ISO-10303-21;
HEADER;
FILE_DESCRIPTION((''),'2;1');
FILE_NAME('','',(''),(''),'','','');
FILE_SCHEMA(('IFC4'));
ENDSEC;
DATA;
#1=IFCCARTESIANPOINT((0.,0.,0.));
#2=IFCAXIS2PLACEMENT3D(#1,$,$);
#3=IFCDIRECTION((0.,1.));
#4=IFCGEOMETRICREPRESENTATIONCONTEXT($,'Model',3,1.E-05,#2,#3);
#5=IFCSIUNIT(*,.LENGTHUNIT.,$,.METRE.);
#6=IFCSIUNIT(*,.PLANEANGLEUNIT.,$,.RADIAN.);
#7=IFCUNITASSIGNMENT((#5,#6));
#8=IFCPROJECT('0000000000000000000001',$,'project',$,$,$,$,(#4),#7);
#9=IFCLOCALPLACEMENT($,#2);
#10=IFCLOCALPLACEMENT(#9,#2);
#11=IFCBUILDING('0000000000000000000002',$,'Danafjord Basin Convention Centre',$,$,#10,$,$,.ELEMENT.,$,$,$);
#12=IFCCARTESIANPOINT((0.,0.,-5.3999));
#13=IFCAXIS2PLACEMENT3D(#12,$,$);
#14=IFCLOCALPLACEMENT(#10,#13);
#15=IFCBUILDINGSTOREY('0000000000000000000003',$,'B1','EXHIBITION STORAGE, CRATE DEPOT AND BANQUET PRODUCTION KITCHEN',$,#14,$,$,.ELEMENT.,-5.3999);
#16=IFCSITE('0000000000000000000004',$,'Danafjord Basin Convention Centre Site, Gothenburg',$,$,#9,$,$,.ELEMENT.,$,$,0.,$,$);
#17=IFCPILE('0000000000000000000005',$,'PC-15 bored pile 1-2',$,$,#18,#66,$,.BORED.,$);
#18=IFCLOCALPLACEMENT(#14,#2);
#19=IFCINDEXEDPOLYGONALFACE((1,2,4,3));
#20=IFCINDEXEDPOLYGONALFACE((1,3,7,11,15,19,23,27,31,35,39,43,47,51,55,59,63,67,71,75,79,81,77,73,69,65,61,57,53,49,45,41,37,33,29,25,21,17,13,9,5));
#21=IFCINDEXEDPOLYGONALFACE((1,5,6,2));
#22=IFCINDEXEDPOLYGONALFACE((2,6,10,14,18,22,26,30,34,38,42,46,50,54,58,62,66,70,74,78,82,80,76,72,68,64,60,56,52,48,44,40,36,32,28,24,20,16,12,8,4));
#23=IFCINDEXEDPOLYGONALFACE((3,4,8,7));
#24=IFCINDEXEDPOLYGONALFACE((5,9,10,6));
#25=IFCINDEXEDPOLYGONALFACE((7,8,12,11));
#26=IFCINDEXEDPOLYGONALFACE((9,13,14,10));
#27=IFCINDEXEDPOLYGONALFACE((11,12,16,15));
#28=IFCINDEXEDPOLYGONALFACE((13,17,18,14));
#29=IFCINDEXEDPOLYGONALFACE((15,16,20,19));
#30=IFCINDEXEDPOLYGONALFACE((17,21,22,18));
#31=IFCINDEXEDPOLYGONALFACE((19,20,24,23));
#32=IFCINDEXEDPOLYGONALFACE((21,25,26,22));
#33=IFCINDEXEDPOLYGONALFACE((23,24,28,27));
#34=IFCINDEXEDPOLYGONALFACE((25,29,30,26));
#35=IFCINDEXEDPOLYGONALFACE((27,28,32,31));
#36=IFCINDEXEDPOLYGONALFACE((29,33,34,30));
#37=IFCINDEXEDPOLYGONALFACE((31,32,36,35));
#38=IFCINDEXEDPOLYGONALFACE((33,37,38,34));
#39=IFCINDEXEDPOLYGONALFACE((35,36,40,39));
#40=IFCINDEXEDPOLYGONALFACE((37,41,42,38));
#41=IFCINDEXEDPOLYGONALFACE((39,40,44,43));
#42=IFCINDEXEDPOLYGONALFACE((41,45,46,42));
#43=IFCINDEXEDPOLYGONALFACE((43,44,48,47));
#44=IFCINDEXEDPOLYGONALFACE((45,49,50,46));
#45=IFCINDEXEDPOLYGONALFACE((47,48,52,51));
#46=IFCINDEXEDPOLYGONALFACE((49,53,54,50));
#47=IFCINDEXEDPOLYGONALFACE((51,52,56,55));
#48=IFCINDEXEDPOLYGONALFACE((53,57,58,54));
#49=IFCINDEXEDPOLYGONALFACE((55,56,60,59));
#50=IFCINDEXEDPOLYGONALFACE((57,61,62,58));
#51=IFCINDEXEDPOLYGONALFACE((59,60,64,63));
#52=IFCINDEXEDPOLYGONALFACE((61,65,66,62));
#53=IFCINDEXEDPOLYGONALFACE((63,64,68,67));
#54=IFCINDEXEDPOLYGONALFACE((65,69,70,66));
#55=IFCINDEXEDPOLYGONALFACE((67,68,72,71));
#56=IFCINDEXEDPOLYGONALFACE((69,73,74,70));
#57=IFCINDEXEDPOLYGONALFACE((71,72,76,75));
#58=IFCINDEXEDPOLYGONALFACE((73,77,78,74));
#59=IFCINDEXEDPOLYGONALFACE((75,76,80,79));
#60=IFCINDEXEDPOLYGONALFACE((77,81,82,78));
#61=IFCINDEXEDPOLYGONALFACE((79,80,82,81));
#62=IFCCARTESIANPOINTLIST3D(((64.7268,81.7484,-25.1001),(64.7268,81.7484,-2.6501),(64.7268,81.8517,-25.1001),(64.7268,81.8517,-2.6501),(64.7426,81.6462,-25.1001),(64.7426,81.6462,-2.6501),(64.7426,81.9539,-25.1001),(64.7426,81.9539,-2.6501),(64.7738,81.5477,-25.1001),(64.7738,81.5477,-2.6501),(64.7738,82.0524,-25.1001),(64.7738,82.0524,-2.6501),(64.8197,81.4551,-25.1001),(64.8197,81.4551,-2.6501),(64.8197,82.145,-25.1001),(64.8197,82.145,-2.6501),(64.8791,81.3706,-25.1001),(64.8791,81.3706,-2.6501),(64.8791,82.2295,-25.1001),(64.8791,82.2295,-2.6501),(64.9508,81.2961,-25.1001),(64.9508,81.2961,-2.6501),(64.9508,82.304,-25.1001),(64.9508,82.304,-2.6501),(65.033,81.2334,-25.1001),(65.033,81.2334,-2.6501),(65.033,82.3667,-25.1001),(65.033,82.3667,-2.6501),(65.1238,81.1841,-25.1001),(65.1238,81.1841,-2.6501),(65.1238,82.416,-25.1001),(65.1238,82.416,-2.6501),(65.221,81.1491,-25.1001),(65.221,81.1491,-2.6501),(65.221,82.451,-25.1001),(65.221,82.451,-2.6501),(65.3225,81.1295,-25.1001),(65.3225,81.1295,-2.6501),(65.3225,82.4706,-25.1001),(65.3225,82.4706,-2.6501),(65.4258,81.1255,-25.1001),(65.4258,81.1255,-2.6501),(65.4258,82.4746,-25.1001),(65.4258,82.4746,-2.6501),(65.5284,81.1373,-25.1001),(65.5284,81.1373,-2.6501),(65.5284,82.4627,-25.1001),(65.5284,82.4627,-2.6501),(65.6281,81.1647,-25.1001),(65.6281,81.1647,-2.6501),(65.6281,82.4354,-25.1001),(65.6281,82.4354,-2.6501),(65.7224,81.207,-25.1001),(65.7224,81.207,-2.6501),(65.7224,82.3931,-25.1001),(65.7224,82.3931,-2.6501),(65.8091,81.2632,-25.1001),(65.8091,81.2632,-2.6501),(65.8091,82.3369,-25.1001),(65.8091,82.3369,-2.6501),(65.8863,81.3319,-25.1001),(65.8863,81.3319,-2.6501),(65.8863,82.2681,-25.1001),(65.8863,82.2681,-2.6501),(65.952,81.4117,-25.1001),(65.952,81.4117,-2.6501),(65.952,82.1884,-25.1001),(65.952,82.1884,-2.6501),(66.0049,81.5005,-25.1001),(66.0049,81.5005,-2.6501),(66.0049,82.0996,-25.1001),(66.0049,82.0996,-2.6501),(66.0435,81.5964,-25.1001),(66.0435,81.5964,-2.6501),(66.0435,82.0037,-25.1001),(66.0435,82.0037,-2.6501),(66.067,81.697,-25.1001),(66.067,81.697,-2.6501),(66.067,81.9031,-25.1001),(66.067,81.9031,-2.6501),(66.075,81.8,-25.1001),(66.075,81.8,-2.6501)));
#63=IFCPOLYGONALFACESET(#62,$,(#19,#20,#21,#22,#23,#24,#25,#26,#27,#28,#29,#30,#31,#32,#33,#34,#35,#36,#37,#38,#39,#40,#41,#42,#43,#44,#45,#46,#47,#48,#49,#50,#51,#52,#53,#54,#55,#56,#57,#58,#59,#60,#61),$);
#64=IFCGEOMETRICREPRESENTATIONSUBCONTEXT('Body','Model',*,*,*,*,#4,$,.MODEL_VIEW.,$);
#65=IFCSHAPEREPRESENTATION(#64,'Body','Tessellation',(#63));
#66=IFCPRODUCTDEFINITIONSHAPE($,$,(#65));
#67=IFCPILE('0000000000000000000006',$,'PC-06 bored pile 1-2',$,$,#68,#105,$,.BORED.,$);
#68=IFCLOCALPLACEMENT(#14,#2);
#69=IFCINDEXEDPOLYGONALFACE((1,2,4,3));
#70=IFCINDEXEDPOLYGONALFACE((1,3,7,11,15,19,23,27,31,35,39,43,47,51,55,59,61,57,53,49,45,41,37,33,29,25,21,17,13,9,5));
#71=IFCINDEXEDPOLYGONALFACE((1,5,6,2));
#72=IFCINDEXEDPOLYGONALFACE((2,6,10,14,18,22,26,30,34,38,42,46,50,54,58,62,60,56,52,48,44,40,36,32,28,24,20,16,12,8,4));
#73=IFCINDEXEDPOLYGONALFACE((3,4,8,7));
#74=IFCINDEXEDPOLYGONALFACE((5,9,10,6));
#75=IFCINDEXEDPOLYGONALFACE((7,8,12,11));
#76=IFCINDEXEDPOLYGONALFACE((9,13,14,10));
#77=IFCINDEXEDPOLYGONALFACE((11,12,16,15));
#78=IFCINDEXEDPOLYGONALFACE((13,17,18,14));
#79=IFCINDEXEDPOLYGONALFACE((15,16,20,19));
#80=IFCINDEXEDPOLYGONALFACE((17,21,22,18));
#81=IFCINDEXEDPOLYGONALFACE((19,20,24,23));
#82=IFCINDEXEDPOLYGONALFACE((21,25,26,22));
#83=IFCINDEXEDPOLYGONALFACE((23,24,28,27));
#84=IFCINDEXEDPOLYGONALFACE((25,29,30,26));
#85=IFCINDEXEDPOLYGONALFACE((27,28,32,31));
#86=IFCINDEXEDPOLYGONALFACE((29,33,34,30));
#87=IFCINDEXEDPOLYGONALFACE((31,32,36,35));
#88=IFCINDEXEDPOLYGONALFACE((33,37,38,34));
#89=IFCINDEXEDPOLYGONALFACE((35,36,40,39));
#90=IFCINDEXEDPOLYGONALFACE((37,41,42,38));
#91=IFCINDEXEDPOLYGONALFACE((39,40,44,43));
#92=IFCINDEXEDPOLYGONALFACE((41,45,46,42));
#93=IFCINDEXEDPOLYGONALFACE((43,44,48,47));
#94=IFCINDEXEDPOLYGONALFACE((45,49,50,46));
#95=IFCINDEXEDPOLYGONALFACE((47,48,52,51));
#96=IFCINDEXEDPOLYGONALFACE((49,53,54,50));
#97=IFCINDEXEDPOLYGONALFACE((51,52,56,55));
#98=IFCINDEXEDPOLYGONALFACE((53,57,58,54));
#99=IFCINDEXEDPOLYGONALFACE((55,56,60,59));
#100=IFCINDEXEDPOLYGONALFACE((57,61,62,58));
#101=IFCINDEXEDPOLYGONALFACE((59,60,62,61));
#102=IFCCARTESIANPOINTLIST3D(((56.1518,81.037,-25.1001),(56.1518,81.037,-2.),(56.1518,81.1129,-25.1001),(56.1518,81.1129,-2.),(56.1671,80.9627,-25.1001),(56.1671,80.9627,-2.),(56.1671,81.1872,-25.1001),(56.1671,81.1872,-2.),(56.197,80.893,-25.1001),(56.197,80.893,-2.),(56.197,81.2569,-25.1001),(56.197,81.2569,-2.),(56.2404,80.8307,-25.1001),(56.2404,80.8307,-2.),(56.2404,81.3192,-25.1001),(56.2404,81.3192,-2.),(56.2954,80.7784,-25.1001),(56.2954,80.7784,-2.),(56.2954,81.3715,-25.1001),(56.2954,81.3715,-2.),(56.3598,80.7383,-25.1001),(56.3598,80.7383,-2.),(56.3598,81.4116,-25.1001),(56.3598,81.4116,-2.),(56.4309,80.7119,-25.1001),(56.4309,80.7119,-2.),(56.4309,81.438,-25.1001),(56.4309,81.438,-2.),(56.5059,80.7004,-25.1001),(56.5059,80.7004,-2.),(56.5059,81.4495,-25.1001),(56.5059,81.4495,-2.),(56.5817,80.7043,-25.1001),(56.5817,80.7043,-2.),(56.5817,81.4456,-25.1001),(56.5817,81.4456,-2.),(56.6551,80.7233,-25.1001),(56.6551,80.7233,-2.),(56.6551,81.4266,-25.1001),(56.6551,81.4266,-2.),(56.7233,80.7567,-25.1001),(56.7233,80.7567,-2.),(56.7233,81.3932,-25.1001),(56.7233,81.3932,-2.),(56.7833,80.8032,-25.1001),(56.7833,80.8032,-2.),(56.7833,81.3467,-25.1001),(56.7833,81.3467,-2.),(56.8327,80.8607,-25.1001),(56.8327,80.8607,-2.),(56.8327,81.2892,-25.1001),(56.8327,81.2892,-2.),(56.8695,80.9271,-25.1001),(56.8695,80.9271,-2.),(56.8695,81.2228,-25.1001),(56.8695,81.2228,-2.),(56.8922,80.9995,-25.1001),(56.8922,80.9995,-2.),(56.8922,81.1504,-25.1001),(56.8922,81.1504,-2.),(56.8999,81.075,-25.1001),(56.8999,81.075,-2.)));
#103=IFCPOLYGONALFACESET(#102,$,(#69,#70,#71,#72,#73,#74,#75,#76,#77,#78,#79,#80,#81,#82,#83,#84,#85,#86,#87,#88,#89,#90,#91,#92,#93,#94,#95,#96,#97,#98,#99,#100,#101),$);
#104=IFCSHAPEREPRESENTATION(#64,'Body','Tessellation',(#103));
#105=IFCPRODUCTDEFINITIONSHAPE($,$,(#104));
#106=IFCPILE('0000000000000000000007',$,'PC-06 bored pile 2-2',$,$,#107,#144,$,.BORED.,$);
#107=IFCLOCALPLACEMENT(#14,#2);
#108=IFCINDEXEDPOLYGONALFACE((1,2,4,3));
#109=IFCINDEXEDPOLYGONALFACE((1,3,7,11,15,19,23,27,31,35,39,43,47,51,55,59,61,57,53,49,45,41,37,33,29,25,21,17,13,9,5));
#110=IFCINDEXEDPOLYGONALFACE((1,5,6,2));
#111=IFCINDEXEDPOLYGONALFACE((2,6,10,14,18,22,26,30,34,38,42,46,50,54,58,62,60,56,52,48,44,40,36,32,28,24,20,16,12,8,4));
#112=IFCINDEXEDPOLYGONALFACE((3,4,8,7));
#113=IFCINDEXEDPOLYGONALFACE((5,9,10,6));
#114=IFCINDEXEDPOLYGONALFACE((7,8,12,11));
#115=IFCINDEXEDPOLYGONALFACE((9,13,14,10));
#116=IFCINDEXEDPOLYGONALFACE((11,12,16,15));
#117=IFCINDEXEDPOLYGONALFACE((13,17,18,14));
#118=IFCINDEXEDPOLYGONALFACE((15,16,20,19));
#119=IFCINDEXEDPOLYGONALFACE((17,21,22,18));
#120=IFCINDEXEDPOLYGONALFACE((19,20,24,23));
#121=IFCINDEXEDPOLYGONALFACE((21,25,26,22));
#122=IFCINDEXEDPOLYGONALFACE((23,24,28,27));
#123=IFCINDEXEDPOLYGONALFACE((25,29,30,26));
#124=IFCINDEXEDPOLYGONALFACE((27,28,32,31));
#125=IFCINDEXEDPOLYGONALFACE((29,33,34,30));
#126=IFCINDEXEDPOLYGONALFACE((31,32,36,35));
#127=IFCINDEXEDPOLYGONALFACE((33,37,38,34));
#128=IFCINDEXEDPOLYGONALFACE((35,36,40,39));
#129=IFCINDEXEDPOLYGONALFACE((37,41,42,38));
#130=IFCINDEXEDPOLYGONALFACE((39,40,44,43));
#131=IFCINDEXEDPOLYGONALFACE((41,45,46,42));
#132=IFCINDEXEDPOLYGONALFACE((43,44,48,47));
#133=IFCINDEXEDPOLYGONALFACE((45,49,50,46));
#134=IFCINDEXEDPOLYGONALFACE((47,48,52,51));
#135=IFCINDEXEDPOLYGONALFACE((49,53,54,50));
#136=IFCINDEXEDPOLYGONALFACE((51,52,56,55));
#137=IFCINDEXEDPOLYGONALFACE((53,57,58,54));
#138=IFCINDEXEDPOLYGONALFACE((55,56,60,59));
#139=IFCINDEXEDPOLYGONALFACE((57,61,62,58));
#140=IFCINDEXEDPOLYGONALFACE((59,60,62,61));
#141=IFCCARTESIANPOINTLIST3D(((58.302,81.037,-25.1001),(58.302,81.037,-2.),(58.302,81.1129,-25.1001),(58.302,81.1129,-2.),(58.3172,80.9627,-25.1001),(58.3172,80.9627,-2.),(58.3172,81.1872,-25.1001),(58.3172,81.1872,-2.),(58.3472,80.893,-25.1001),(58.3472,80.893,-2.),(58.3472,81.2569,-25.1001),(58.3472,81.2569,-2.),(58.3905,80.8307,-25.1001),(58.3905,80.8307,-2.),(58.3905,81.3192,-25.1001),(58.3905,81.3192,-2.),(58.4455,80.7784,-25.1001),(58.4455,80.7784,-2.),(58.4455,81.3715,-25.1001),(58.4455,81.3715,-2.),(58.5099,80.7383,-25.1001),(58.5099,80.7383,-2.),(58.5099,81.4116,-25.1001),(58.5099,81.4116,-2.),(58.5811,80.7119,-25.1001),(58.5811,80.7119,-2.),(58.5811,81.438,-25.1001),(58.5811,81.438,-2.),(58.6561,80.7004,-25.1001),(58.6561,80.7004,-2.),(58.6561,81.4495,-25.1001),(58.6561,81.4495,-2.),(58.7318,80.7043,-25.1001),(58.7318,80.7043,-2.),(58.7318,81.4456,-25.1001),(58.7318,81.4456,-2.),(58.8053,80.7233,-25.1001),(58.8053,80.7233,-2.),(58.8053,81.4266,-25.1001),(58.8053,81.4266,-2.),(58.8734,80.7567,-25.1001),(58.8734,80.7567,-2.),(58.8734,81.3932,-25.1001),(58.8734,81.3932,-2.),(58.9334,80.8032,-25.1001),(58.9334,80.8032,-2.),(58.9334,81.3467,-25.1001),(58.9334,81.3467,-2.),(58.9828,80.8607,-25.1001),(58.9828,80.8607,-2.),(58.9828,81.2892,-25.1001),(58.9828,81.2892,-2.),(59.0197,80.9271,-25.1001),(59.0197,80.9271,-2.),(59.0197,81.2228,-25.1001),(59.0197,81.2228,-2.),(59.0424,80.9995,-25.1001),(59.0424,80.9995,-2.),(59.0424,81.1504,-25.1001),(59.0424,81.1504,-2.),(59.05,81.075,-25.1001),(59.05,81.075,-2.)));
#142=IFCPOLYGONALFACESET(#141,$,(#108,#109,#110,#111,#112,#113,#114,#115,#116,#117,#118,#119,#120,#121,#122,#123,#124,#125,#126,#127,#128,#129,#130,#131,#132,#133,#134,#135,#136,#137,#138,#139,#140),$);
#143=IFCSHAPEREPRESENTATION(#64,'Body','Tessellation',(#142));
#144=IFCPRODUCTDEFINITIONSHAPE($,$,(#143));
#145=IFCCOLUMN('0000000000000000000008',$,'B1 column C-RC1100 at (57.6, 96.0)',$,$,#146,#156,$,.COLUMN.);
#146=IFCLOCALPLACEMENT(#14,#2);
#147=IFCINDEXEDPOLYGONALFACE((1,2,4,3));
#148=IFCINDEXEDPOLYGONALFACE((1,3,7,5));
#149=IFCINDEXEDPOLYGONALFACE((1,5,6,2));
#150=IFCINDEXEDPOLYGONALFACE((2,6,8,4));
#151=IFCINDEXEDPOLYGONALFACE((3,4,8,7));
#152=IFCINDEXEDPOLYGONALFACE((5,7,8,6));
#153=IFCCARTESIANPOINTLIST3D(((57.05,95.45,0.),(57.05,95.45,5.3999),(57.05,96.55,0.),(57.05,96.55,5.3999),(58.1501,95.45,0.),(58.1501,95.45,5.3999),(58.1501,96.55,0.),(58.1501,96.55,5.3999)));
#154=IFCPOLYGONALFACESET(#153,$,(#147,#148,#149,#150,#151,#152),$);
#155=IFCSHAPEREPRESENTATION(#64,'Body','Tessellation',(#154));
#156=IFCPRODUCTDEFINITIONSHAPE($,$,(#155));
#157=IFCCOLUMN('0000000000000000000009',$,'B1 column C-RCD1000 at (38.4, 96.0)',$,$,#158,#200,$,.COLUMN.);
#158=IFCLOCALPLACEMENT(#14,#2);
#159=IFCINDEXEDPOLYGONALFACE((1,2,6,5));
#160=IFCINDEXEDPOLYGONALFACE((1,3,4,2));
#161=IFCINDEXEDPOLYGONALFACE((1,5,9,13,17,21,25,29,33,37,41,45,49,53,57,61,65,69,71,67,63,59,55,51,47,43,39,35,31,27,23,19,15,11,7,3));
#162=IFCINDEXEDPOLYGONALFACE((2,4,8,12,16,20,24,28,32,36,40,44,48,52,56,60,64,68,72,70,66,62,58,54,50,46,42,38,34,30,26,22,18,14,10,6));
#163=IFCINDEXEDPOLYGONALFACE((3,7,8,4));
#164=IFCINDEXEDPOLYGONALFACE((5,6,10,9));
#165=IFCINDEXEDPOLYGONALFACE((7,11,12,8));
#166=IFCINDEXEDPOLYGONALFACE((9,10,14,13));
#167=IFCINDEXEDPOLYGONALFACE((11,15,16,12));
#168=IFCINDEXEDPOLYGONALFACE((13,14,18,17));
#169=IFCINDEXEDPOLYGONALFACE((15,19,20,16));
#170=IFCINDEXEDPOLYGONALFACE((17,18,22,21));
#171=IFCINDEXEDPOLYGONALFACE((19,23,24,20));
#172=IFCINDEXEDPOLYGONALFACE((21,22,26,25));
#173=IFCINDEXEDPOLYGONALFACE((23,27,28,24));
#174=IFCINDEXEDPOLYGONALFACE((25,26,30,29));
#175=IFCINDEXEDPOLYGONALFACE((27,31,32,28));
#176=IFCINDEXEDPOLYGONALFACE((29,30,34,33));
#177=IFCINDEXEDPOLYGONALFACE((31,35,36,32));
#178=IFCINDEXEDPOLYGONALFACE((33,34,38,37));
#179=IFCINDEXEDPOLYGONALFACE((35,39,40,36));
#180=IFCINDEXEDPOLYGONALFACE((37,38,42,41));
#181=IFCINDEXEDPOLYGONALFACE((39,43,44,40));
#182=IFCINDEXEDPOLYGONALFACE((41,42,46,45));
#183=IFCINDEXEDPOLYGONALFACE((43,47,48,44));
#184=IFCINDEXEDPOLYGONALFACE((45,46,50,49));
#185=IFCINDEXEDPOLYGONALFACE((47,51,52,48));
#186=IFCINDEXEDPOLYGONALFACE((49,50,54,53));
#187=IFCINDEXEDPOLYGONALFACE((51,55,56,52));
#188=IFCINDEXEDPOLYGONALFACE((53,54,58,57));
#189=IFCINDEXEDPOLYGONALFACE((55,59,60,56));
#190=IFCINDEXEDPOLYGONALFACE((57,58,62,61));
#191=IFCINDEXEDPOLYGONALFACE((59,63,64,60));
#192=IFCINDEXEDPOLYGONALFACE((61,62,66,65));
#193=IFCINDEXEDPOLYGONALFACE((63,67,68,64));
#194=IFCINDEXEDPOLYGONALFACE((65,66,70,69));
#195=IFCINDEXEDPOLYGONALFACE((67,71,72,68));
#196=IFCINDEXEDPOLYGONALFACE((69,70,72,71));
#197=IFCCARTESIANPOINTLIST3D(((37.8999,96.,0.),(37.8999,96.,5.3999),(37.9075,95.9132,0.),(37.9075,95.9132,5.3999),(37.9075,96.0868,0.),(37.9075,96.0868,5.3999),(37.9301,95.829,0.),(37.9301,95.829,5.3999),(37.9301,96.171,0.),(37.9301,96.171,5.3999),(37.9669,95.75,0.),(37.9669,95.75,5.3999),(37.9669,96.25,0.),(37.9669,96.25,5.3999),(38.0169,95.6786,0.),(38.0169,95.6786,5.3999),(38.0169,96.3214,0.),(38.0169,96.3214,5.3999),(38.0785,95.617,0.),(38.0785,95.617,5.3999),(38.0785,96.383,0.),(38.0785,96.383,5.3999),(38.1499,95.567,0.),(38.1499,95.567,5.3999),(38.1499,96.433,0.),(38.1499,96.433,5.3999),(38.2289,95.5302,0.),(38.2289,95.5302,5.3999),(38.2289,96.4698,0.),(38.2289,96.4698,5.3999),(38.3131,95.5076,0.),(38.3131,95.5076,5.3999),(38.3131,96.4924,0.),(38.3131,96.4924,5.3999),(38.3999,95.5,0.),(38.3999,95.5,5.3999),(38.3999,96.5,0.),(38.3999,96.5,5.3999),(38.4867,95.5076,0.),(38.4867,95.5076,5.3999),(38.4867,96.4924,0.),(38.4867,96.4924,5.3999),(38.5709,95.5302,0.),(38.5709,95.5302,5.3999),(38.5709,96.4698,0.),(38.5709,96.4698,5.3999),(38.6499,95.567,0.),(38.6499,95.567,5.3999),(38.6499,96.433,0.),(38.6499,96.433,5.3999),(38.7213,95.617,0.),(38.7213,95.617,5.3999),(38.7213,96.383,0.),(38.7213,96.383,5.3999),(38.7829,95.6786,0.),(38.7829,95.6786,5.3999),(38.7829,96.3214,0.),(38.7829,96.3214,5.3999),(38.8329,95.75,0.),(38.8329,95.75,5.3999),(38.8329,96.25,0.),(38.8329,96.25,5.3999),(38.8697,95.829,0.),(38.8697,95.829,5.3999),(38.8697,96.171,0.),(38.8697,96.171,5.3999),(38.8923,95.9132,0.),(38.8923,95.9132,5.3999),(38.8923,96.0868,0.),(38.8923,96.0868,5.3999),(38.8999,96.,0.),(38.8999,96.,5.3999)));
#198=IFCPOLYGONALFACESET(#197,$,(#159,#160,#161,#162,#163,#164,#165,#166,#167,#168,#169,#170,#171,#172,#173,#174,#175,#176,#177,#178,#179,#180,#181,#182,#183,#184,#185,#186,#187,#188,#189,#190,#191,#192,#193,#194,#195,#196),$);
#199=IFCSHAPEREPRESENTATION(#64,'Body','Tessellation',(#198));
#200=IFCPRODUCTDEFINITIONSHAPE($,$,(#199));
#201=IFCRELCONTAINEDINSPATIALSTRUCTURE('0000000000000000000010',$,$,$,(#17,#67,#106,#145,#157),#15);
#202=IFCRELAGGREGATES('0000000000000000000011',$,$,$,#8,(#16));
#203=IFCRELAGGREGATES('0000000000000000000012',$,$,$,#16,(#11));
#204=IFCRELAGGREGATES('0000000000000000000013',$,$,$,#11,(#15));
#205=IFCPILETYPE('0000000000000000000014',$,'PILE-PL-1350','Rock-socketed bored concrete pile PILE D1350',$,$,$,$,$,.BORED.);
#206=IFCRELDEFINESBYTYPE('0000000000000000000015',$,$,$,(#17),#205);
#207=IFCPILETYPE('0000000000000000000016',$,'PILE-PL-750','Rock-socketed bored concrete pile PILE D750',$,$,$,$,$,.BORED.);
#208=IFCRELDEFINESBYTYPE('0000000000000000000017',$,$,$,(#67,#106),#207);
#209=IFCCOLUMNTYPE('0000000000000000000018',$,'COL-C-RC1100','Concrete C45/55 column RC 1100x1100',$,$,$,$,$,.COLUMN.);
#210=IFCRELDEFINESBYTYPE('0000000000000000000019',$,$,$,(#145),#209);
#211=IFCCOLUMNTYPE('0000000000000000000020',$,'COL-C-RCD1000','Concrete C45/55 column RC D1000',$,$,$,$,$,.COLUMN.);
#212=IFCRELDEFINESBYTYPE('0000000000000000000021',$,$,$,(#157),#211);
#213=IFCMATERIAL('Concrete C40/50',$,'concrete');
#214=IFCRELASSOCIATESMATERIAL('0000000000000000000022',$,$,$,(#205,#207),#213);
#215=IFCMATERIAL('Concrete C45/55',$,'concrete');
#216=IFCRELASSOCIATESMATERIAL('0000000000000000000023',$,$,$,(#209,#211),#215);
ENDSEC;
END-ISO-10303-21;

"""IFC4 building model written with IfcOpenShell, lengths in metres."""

from ifc_helpers import new_model, si_unit, direction, frame, origin, origin_2d, place, context, subcontext, project, spatial, rectangle, circle, extrude, material, material_profile, profile_set, type_object, element, save


model = new_model("IFC4")

# Units and contexts
model_context = context("Model", 3, precision=1e-05, world=origin(), true_north=direction((0.0, 1.0)))
body_context = subcontext(model_context, "Body", "Model", "MODEL_VIEW")
ifc_project = project(units=[si_unit("LENGTHUNIT", "METRE"), si_unit("PLANEANGLEUNIT", "RADIAN")], contexts=[model_context])

# Site, building, storey
site_placement = place(None, origin())
site = spatial("IfcSite", under=ifc_project, at=site_placement, Name="Danafjord Basin Convention Centre Site, Gothenburg", CompositionType="ELEMENT", RefElevation=0.0)
building_placement = place(site_placement, origin())
building = spatial("IfcBuilding", under=site, at=building_placement, Name="Danafjord Basin Convention Centre", CompositionType="ELEMENT")
storey_placement = place(building_placement, frame((0.0, 0.0, -5.3999)))
storey = spatial("IfcBuildingStorey", under=building, at=storey_placement, Name="B1", Description="EXHIBITION STORAGE, CRATE DEPOT AND BANQUET PRODUCTION KITCHEN", CompositionType="ELEMENT", Elevation=-5.3999)

# Shared definitions
ifc_material_1 = material(Name="Concrete C40/50", Category="concrete")

# Piles
ifc_material_profile_1 = material_profile(ifc_material_1, circle(Radius=0.675, at=origin_2d()), Name="PILE D1350")
ifc_profile_set_1 = profile_set([ifc_material_profile_1], Name="Concrete C40/50")
pile_type_1 = type_object("IfcPileType", Name="PILE-PL-1350", Description="Rock-socketed bored concrete pile PILE D1350", PredefinedType="BORED", material=ifc_profile_set_1)
pile_1_placement = place(storey_placement, frame((65.3999, 81.8, -2.6501), z_axis=(0.0, 0.0, -1.0), x_axis=(1.0, 0.0, 0.0)))
element("IfcPile", 1, at=pile_1_placement, inside=storey, type_object=pile_type_1, Name="PC-15 bored pile 1-2", PredefinedType="BORED", context=body_context, shape_type="SweptSolid", body=[
    extrude(circle(Radius=0.675, at=origin_2d()), origin(), (0.0, 0.0, 1.0), 22.45),
])
ifc_material_profile_2 = material_profile(ifc_material_1, circle(Radius=0.375, at=origin_2d()), Name="PILE D750")
ifc_profile_set_2 = profile_set([ifc_material_profile_2], Name="Concrete C40/50")
pile_type_2 = type_object("IfcPileType", Name="PILE-PL-750", Description="Rock-socketed bored concrete pile PILE D750", PredefinedType="BORED", material=ifc_profile_set_2)
for number, where, z_axis, x_axis, name in (
    (2, (56.5249, 81.075, -2.0), (0.0, 0.0, -1.0), (1.0, 0.0, 0.0), "PC-06 bored pile 1-2"),
    (3, (58.675, 81.075, -2.0), (0.0, 0.0, -1.0), (1.0, 0.0, 0.0), "PC-06 bored pile 2-2"),
):
    element("IfcPile", number, at=place(storey_placement, frame(where, z_axis=z_axis, x_axis=x_axis)), inside=storey, type_object=pile_type_2, Name=name, PredefinedType="BORED", context=body_context, shape_type="SweptSolid", body=[
        extrude(circle(Radius=0.375, at=origin_2d()), origin(), (0.0, 0.0, 1.0), 23.1001),
    ])

# Columns
ifc_material_2 = material(Name="Concrete C45/55", Category="concrete")
ifc_material_profile_3 = material_profile(ifc_material_2, rectangle(XDim=1.1001, YDim=1.1001, at=origin_2d()), Name="RC 1100x1100")
ifc_profile_set_3 = profile_set([ifc_material_profile_3], Name="Concrete C45/55")
column_type_1 = type_object("IfcColumnType", Name="COL-C-RC1100", Description="Concrete C45/55 column RC 1100x1100", PredefinedType="COLUMN", material=ifc_profile_set_3)
column_placement = place(storey_placement, frame((57.6001, 96.0, 0.0), z_axis=(0.0, 0.0, 1.0), x_axis=(1.0, 0.0, 0.0)))
element("IfcColumn", 4, at=column_placement, inside=storey, type_object=column_type_1, Name="B1 column C-RC1100 at (57.6, 96.0)", PredefinedType="COLUMN", context=body_context, shape_type="SweptSolid", body=[
    extrude(rectangle(XDim=1.1001, YDim=1.1001, at=origin_2d()), origin(), (0.0, 0.0, 1.0), 5.3999),
])
ifc_material_profile_4 = material_profile(ifc_material_2, circle(Radius=0.5, at=origin_2d()), Name="RC D1000")
ifc_profile_set_4 = profile_set([ifc_material_profile_4], Name="Concrete C45/55")
column_type_2 = type_object("IfcColumnType", Name="COL-C-RCD1000", Description="Concrete C45/55 column RC D1000", PredefinedType="COLUMN", material=ifc_profile_set_4)
for number, where, z_axis, x_axis, name in (
    (5, (38.3999, 96.0, 0.0), (0.0, 0.0, 1.0), (1.0, 0.0, 0.0), "B1 column C-RCD1000 at (38.4, 96.0)"),
):
    element("IfcColumn", number, at=place(storey_placement, frame(where, z_axis=z_axis, x_axis=x_axis)), inside=storey, type_object=column_type_2, Name=name, PredefinedType="COLUMN", context=body_context, shape_type="SweptSolid", body=[
        extrude(circle(Radius=0.5, at=origin_2d()), origin(), (0.0, 0.0, 1.0), 5.3999),
    ])

save(model, "model.ifc")
